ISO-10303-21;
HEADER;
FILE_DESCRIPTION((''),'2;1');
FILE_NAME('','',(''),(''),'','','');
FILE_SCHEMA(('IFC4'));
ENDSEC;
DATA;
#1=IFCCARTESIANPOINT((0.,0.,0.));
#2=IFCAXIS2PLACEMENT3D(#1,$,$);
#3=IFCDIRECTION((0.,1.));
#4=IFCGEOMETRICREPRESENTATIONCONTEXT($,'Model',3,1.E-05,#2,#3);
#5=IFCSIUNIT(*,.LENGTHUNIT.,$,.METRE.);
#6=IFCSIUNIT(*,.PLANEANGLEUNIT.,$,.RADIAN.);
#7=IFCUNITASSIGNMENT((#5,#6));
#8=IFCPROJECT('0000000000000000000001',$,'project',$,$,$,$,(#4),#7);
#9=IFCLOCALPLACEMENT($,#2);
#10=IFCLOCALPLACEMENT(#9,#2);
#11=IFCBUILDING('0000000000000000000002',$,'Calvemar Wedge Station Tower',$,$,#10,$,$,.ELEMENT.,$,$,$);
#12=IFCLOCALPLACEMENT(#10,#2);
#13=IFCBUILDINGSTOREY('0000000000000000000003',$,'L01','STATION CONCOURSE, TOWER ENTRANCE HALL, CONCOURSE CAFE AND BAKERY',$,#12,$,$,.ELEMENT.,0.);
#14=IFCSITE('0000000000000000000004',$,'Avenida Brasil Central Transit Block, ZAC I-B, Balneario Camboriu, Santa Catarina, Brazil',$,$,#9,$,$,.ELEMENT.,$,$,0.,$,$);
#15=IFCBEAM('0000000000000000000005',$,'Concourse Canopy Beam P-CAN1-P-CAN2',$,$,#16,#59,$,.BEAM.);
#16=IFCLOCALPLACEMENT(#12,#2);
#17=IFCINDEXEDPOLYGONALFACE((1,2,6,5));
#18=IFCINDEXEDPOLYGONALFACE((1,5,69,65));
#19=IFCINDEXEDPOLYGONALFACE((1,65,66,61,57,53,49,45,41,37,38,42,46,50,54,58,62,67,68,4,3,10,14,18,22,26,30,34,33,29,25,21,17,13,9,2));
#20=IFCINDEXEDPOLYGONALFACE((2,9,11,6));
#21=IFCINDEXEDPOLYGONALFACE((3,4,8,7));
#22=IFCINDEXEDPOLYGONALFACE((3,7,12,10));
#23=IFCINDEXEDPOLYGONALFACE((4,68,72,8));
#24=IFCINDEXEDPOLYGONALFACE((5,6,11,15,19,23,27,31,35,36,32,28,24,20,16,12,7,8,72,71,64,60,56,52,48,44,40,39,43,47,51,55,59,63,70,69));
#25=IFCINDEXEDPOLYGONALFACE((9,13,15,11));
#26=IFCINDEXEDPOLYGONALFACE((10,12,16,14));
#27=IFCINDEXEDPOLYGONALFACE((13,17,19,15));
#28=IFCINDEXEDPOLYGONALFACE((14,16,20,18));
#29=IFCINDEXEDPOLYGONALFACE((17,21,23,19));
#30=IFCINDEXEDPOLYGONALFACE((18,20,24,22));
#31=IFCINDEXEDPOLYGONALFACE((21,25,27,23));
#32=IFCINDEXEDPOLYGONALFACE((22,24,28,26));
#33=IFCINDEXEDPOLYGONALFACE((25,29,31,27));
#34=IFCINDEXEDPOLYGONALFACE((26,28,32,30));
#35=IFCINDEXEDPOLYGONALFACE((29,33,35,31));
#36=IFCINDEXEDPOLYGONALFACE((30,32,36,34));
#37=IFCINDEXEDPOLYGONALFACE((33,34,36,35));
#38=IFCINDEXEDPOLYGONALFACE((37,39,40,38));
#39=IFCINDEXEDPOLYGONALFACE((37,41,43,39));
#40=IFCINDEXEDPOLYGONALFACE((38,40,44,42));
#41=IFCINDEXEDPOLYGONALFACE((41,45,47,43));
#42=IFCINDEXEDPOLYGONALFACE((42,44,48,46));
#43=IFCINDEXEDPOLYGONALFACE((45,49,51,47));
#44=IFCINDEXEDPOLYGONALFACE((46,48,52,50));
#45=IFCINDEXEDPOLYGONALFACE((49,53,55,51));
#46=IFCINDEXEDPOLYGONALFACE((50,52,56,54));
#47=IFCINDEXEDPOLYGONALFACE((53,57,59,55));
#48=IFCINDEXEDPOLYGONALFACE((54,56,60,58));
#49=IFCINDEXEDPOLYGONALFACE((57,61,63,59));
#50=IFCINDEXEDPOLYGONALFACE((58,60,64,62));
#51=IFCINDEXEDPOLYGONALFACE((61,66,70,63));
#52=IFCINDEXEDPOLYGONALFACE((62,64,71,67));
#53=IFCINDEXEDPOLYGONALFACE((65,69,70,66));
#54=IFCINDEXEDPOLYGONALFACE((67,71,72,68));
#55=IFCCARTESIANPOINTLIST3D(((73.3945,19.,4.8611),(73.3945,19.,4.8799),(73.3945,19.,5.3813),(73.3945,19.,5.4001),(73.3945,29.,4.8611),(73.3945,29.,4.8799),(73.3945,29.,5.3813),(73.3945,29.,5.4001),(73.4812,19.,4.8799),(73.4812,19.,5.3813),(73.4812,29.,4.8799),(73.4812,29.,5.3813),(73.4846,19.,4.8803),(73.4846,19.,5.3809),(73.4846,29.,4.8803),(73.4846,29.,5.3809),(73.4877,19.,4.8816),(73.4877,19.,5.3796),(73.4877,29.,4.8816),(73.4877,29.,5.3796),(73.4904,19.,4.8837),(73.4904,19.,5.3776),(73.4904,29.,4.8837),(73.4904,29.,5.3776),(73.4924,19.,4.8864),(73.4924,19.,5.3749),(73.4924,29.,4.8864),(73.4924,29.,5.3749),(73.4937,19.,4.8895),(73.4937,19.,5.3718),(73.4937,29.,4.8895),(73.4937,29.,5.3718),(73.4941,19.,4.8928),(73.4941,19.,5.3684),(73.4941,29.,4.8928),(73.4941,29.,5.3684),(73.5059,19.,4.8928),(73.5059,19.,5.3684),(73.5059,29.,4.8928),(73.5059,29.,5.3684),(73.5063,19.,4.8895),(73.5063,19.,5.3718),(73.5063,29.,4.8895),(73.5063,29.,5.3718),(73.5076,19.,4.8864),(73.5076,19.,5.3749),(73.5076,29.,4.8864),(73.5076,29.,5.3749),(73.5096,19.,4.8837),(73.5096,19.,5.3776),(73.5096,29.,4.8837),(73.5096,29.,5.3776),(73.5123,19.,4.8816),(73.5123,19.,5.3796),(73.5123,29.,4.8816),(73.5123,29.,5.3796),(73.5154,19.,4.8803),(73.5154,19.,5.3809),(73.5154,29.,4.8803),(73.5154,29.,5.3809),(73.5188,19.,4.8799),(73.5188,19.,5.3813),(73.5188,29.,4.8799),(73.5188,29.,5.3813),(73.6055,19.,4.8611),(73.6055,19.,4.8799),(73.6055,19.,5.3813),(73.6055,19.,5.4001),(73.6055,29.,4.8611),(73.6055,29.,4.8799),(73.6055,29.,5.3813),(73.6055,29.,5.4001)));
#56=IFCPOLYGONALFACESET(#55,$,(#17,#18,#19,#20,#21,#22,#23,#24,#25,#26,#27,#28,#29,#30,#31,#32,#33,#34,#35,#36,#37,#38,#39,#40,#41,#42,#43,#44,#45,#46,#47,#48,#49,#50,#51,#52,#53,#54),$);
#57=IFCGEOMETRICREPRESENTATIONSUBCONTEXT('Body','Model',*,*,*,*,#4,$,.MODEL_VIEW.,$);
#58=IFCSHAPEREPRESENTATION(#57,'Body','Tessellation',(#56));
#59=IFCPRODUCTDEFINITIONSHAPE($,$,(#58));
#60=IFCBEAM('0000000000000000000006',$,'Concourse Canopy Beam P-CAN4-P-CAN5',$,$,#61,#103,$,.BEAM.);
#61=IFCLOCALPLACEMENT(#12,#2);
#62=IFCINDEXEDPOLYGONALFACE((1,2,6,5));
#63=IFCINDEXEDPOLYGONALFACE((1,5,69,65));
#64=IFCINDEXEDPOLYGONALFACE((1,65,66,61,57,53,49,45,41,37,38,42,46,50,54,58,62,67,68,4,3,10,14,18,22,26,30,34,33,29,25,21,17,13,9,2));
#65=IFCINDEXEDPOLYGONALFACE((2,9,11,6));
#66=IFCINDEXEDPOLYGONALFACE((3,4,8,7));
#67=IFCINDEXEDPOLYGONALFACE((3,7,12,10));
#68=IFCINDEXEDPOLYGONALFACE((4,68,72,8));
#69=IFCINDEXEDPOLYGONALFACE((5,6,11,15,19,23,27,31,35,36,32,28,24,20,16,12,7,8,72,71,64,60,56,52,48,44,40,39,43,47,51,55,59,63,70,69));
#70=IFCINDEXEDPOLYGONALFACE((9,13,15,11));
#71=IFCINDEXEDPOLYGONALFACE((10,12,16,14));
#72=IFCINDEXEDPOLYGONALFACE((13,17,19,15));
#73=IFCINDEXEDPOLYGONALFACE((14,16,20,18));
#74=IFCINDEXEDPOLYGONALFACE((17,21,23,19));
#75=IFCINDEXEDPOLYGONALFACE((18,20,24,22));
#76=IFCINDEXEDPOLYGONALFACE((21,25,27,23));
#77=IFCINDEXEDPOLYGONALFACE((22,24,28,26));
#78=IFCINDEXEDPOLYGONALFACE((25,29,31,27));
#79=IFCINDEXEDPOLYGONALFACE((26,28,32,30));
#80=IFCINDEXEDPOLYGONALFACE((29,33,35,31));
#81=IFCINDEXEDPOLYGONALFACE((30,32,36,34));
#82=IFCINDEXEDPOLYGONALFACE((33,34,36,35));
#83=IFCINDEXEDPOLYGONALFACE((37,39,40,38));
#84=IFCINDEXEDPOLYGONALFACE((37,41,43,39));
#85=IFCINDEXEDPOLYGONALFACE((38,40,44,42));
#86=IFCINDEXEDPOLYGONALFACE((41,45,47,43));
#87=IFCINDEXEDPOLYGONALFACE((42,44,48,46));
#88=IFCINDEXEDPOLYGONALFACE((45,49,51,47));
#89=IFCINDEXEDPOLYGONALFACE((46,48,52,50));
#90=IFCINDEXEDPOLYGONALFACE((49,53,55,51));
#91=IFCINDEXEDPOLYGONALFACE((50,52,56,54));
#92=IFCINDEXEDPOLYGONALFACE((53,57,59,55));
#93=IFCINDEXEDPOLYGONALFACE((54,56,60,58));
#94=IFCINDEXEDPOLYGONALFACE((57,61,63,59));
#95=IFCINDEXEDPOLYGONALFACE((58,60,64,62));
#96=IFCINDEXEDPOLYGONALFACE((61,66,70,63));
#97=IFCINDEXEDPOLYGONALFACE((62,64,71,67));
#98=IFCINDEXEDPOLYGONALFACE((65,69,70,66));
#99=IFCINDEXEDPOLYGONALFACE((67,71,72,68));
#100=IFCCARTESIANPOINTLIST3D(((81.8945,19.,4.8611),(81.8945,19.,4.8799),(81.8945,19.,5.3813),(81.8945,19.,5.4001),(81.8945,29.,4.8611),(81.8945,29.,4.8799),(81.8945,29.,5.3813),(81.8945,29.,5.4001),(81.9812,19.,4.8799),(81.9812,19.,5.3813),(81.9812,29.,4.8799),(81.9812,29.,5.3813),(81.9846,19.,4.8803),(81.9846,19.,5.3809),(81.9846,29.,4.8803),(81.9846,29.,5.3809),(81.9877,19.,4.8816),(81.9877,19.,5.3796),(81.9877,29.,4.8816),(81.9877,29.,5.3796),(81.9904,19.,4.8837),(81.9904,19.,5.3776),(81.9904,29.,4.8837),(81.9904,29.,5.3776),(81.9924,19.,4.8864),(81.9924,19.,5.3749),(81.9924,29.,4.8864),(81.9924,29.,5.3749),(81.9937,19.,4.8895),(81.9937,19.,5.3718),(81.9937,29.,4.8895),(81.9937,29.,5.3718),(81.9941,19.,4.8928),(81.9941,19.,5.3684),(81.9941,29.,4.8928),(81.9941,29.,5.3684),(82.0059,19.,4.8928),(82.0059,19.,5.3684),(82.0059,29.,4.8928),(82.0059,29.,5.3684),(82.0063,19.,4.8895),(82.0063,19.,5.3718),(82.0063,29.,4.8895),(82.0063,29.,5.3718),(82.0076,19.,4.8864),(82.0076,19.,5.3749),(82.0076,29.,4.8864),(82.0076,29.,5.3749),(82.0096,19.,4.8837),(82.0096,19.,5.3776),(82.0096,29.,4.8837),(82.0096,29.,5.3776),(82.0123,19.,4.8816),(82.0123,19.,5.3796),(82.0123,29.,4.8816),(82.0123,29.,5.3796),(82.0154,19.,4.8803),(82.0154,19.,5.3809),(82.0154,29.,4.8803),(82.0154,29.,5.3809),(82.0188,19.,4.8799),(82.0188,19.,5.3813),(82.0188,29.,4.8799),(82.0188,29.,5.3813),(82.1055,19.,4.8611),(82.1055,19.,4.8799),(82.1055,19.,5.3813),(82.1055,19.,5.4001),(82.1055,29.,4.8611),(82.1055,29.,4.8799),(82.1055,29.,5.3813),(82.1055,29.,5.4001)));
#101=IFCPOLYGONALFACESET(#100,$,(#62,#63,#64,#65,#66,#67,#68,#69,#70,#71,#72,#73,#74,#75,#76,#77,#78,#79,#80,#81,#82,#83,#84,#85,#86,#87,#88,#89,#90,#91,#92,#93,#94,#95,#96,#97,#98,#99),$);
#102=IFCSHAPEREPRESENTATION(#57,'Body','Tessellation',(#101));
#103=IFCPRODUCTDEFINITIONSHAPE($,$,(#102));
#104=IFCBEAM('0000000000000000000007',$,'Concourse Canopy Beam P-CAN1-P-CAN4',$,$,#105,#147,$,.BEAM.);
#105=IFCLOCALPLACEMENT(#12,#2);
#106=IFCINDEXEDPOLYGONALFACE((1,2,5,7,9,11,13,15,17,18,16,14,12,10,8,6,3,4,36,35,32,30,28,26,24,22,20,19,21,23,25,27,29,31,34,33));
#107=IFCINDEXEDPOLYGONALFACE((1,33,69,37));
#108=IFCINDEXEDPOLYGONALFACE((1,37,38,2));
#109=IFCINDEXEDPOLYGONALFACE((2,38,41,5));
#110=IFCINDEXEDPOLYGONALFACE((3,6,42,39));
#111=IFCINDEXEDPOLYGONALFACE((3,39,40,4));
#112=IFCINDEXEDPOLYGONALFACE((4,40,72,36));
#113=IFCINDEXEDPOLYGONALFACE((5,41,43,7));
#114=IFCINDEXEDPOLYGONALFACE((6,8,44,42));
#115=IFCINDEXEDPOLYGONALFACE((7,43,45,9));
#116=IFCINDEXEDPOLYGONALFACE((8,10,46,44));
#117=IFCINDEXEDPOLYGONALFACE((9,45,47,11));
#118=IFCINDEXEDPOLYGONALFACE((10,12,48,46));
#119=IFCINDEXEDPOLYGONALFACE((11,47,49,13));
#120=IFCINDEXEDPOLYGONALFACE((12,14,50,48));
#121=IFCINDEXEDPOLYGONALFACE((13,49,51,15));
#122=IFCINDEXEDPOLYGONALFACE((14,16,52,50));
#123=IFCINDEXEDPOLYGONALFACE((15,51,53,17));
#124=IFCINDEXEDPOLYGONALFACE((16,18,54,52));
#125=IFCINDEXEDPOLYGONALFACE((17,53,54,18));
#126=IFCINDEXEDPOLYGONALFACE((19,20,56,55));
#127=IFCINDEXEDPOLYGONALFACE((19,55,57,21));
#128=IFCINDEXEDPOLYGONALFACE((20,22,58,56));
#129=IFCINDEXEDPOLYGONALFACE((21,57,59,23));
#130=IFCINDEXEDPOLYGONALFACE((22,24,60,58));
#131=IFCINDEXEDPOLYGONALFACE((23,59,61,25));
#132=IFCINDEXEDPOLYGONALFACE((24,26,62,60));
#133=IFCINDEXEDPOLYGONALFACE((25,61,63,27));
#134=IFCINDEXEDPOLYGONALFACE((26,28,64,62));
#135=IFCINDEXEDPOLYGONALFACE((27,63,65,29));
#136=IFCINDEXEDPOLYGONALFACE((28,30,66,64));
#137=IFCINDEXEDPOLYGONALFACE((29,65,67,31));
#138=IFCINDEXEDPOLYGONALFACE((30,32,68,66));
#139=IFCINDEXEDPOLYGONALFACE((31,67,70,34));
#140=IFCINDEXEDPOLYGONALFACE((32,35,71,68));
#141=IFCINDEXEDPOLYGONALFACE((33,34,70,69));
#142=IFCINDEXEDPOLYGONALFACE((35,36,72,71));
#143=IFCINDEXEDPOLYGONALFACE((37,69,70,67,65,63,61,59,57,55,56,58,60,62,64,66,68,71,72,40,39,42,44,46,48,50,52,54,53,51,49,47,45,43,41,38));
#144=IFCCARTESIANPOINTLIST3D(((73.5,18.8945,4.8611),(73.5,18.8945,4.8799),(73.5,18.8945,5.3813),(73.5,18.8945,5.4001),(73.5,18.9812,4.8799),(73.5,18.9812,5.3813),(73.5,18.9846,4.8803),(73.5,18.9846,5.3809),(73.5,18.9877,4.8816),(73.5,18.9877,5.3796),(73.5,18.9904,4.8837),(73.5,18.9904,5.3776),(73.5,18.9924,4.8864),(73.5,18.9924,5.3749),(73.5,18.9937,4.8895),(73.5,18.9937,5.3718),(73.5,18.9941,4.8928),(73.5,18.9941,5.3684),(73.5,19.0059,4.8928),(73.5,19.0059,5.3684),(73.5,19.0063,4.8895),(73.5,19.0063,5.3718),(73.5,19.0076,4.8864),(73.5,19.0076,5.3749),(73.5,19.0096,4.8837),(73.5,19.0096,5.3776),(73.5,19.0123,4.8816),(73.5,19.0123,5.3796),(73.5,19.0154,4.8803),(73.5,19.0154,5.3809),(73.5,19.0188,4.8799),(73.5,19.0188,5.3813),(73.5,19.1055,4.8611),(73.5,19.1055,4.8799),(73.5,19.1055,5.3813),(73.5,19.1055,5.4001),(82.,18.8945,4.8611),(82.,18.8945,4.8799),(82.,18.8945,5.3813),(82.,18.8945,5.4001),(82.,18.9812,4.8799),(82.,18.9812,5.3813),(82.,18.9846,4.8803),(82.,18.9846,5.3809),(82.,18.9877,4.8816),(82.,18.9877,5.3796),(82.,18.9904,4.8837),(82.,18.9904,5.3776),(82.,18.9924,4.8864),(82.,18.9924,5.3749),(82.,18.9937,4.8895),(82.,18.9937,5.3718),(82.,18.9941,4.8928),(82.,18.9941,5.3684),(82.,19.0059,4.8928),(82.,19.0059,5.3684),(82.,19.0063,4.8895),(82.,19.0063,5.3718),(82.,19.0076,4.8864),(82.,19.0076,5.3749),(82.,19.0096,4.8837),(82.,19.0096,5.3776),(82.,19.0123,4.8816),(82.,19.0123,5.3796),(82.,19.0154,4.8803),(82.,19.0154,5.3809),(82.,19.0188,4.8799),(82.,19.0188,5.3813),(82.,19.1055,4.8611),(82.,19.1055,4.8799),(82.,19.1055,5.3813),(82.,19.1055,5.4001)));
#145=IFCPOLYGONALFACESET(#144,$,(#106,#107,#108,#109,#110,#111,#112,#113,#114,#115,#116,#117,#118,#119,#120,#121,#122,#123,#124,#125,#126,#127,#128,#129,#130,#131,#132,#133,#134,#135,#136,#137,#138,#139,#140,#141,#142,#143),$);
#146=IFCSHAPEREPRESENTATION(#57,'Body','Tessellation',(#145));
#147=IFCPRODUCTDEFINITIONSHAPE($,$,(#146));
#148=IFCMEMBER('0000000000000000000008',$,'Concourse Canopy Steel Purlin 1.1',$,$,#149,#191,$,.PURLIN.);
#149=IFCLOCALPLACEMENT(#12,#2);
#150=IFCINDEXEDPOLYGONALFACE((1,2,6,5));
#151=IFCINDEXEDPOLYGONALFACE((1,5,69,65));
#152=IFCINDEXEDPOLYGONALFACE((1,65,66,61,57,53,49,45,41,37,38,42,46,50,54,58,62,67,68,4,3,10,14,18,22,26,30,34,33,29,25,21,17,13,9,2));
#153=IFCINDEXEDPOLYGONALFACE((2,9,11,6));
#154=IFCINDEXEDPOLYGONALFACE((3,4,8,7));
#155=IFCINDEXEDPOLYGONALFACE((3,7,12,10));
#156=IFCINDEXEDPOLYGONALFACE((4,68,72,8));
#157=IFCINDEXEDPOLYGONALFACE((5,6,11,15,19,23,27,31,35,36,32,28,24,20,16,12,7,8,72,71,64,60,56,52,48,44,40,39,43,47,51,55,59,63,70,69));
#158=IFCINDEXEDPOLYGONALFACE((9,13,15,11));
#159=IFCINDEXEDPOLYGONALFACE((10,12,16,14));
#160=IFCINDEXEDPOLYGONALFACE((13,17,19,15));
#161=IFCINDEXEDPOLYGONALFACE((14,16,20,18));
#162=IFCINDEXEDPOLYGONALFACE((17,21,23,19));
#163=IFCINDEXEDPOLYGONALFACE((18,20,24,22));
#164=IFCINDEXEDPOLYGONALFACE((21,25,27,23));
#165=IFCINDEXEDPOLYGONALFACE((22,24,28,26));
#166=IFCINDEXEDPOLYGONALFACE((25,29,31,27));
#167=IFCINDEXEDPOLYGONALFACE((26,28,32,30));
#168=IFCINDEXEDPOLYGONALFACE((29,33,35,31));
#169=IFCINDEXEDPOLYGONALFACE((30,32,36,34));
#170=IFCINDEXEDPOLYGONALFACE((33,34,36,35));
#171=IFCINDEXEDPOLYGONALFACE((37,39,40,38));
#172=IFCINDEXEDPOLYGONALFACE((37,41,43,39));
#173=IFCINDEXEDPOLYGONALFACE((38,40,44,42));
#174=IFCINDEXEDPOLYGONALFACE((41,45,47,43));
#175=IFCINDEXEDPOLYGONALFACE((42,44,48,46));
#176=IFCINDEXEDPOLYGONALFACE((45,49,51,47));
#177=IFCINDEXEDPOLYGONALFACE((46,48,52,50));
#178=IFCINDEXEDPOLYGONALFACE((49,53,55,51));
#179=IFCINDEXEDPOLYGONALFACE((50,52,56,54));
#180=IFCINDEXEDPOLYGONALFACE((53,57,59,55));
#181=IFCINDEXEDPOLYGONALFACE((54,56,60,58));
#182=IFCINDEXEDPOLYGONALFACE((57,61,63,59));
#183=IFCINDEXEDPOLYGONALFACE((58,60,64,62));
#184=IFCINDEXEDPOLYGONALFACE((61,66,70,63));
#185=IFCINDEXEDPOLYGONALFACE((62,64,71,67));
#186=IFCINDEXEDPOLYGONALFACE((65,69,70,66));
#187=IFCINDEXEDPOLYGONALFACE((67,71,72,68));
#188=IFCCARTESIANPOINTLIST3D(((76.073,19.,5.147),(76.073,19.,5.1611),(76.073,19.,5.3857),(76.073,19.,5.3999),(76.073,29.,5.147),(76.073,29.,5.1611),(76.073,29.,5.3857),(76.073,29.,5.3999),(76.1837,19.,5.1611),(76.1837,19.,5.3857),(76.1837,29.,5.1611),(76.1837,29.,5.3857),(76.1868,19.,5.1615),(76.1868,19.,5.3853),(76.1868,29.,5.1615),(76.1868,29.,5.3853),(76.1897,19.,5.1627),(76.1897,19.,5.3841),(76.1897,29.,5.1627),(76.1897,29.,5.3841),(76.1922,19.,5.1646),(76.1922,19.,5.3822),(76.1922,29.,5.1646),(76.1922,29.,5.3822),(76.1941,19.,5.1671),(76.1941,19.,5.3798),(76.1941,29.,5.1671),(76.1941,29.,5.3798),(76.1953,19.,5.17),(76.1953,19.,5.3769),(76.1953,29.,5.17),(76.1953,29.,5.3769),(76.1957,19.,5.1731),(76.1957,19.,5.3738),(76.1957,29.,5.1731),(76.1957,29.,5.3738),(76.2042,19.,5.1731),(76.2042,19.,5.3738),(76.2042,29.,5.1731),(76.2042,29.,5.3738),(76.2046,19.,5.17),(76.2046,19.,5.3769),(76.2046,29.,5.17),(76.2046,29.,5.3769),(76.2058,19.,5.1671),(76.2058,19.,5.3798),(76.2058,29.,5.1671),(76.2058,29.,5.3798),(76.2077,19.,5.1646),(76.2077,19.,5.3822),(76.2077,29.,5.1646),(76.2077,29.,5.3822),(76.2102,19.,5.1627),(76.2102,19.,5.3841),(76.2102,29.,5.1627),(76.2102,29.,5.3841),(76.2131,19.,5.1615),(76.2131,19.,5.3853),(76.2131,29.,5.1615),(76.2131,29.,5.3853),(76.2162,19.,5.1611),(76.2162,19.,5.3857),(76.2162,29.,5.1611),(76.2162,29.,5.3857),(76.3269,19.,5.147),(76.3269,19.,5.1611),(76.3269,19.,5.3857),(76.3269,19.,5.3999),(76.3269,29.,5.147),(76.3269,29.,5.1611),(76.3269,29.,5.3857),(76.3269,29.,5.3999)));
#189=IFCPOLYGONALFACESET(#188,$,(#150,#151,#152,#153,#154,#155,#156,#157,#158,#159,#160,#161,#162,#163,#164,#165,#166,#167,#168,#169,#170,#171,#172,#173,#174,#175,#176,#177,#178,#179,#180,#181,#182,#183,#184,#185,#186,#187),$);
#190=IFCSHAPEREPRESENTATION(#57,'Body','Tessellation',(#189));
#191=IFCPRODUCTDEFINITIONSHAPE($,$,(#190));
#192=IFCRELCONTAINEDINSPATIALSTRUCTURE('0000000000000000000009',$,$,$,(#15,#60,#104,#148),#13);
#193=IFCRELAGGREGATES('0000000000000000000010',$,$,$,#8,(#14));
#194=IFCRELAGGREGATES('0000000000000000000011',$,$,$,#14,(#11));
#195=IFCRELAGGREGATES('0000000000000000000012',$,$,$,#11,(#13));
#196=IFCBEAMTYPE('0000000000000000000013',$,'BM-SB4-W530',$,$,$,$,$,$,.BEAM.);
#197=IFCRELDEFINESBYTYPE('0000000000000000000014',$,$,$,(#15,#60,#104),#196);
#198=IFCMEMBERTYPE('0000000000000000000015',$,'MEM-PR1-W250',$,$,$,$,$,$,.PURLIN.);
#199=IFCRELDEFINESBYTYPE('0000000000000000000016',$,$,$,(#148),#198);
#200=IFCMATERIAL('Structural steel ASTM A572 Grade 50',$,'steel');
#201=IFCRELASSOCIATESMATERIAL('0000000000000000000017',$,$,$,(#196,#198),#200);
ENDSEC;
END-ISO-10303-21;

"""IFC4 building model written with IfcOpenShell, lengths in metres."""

from ifc_helpers import new_model, si_unit, direction, frame, origin, origin_2d, place, context, subcontext, project, spatial, i_section, extrude, source, transform, mapped, material, material_profile, profile_set, type_object, element, save


model = new_model("IFC4")

# Units and contexts
model_context = context("Model", 3, precision=1e-05, world=origin(), true_north=direction((0.0, 1.0)))
body_context = subcontext(model_context, "Body", "Model", "MODEL_VIEW")
ifc_project = project(units=[si_unit("LENGTHUNIT", "METRE"), si_unit("PLANEANGLEUNIT", "RADIAN")], contexts=[model_context])

# Site, building, storey
site_placement = place(None, origin())
site = spatial("IfcSite", under=ifc_project, at=site_placement, Name="Avenida Brasil Central Transit Block, ZAC I-B, Balneario Camboriu, Santa Catarina, Brazil", CompositionType="ELEMENT", RefElevation=0.0)
building_placement = place(site_placement, origin())
building = spatial("IfcBuilding", under=site, at=building_placement, Name="Calvemar Wedge Station Tower", CompositionType="ELEMENT")
storey_placement = place(building_placement, origin())
storey = spatial("IfcBuildingStorey", under=building, at=storey_placement, Name="L01", Description="STATION CONCOURSE, TOWER ENTRANCE HALL, CONCOURSE CAFE AND BAKERY", CompositionType="ELEMENT", Elevation=0.0)

# Beams
ifc_material_1 = material(Name="Structural steel ASTM A572 Grade 50", Category="steel")
ifc_material_profile_1 = material_profile(ifc_material_1, i_section(OverallWidth=0.2109, OverallDepth=0.5391, WebThickness=0.0117, FlangeThickness=0.0188, FilletRadius=0.0129, at=origin_2d()), Name="W530x109")
ifc_profile_set_1 = profile_set([ifc_material_profile_1], Name="Structural steel ASTM A572 Grade 50")
beam_type_1 = type_object("IfcBeamType", Name="BM-SB4-W530", PredefinedType="BEAM", material=ifc_profile_set_1)
shared_shape_1 = source(origin(), body_context, "Body", "SweptSolid", [
    extrude(i_section(OverallWidth=0.2109, OverallDepth=0.5391, WebThickness=0.0117, FlangeThickness=0.0188, FilletRadius=0.0129, at=origin_2d()), origin(), (0.0, 0.0, 1.0), 10.0),
])
for number, where, z_axis, x_axis, name in (
    (1, (73.5, 19.0, 5.1306), (0.0, 1.0, 0.0), (-1.0, 0.0, 0.0), "Concourse Canopy Beam P-CAN1-P-CAN2"),
    (2, (82.0, 19.0, 5.1306), (0.0, 1.0, 0.0), (-1.0, 0.0, 0.0), "Concourse Canopy Beam P-CAN4-P-CAN5"),
):
    element("IfcBeam", number, at=place(storey_placement, frame(where, z_axis=z_axis, x_axis=x_axis)), inside=storey, type_object=beam_type_1, Name=name, PredefinedType="BEAM", context=body_context, shape_type="MappedRepresentation", body=[
        mapped(shared_shape_1, transform((0.0, 0.0, 0.0), scale=1.0)),
    ])
shared_shape_2 = source(origin(), body_context, "Body", "SweptSolid", [
    extrude(i_section(OverallWidth=0.2109, OverallDepth=0.5391, WebThickness=0.0117, FlangeThickness=0.0188, FilletRadius=0.0129, at=origin_2d()), origin(), (0.0, 0.0, 1.0), 8.5),
])
beam_1_placement = place(storey_placement, frame((73.5, 19.0, 5.1306), z_axis=(1.0, 0.0, 0.0), x_axis=(0.0, 1.0, 0.0)))
element("IfcBeam", 3, at=beam_1_placement, inside=storey, type_object=beam_type_1, Name="Concourse Canopy Beam P-CAN1-P-CAN4", PredefinedType="BEAM", context=body_context, shape_type="MappedRepresentation", body=[
    mapped(shared_shape_2, transform((0.0, 0.0, 0.0), scale=1.0)),
])

# Member
ifc_material_profile_2 = material_profile(ifc_material_1, i_section(OverallWidth=0.2539, OverallDepth=0.2529, WebThickness=0.0085, FlangeThickness=0.0142, FilletRadius=0.012, at=origin_2d()), Name="W250x73")
ifc_profile_set_2 = profile_set([ifc_material_profile_2], Name="Structural steel ASTM A572 Grade 50")
member_type = type_object("IfcMemberType", Name="MEM-PR1-W250", PredefinedType="PURLIN", material=ifc_profile_set_2)
shared_shape_3 = source(origin(), body_context, "Body", "SweptSolid", [
    extrude(i_section(OverallWidth=0.2539, OverallDepth=0.2529, WebThickness=0.0085, FlangeThickness=0.0142, FilletRadius=0.012, at=origin_2d()), origin(), (0.0, 0.0, 1.0), 10.0),
])
for number, where, z_axis, x_axis, name in (
    (4, (76.2, 19.0, 5.2734), (0.0, 1.0, 0.0), (-1.0, 0.0, 0.0), "Concourse Canopy Steel Purlin 1.1"),
):
    element("IfcMember", number, at=place(storey_placement, frame(where, z_axis=z_axis, x_axis=x_axis)), inside=storey, type_object=member_type, Name=name, PredefinedType="PURLIN", context=body_context, shape_type="MappedRepresentation", body=[
        mapped(shared_shape_3, transform((0.0, 0.0, 0.0), scale=1.0)),
    ])

save(model, "model.ifc")
